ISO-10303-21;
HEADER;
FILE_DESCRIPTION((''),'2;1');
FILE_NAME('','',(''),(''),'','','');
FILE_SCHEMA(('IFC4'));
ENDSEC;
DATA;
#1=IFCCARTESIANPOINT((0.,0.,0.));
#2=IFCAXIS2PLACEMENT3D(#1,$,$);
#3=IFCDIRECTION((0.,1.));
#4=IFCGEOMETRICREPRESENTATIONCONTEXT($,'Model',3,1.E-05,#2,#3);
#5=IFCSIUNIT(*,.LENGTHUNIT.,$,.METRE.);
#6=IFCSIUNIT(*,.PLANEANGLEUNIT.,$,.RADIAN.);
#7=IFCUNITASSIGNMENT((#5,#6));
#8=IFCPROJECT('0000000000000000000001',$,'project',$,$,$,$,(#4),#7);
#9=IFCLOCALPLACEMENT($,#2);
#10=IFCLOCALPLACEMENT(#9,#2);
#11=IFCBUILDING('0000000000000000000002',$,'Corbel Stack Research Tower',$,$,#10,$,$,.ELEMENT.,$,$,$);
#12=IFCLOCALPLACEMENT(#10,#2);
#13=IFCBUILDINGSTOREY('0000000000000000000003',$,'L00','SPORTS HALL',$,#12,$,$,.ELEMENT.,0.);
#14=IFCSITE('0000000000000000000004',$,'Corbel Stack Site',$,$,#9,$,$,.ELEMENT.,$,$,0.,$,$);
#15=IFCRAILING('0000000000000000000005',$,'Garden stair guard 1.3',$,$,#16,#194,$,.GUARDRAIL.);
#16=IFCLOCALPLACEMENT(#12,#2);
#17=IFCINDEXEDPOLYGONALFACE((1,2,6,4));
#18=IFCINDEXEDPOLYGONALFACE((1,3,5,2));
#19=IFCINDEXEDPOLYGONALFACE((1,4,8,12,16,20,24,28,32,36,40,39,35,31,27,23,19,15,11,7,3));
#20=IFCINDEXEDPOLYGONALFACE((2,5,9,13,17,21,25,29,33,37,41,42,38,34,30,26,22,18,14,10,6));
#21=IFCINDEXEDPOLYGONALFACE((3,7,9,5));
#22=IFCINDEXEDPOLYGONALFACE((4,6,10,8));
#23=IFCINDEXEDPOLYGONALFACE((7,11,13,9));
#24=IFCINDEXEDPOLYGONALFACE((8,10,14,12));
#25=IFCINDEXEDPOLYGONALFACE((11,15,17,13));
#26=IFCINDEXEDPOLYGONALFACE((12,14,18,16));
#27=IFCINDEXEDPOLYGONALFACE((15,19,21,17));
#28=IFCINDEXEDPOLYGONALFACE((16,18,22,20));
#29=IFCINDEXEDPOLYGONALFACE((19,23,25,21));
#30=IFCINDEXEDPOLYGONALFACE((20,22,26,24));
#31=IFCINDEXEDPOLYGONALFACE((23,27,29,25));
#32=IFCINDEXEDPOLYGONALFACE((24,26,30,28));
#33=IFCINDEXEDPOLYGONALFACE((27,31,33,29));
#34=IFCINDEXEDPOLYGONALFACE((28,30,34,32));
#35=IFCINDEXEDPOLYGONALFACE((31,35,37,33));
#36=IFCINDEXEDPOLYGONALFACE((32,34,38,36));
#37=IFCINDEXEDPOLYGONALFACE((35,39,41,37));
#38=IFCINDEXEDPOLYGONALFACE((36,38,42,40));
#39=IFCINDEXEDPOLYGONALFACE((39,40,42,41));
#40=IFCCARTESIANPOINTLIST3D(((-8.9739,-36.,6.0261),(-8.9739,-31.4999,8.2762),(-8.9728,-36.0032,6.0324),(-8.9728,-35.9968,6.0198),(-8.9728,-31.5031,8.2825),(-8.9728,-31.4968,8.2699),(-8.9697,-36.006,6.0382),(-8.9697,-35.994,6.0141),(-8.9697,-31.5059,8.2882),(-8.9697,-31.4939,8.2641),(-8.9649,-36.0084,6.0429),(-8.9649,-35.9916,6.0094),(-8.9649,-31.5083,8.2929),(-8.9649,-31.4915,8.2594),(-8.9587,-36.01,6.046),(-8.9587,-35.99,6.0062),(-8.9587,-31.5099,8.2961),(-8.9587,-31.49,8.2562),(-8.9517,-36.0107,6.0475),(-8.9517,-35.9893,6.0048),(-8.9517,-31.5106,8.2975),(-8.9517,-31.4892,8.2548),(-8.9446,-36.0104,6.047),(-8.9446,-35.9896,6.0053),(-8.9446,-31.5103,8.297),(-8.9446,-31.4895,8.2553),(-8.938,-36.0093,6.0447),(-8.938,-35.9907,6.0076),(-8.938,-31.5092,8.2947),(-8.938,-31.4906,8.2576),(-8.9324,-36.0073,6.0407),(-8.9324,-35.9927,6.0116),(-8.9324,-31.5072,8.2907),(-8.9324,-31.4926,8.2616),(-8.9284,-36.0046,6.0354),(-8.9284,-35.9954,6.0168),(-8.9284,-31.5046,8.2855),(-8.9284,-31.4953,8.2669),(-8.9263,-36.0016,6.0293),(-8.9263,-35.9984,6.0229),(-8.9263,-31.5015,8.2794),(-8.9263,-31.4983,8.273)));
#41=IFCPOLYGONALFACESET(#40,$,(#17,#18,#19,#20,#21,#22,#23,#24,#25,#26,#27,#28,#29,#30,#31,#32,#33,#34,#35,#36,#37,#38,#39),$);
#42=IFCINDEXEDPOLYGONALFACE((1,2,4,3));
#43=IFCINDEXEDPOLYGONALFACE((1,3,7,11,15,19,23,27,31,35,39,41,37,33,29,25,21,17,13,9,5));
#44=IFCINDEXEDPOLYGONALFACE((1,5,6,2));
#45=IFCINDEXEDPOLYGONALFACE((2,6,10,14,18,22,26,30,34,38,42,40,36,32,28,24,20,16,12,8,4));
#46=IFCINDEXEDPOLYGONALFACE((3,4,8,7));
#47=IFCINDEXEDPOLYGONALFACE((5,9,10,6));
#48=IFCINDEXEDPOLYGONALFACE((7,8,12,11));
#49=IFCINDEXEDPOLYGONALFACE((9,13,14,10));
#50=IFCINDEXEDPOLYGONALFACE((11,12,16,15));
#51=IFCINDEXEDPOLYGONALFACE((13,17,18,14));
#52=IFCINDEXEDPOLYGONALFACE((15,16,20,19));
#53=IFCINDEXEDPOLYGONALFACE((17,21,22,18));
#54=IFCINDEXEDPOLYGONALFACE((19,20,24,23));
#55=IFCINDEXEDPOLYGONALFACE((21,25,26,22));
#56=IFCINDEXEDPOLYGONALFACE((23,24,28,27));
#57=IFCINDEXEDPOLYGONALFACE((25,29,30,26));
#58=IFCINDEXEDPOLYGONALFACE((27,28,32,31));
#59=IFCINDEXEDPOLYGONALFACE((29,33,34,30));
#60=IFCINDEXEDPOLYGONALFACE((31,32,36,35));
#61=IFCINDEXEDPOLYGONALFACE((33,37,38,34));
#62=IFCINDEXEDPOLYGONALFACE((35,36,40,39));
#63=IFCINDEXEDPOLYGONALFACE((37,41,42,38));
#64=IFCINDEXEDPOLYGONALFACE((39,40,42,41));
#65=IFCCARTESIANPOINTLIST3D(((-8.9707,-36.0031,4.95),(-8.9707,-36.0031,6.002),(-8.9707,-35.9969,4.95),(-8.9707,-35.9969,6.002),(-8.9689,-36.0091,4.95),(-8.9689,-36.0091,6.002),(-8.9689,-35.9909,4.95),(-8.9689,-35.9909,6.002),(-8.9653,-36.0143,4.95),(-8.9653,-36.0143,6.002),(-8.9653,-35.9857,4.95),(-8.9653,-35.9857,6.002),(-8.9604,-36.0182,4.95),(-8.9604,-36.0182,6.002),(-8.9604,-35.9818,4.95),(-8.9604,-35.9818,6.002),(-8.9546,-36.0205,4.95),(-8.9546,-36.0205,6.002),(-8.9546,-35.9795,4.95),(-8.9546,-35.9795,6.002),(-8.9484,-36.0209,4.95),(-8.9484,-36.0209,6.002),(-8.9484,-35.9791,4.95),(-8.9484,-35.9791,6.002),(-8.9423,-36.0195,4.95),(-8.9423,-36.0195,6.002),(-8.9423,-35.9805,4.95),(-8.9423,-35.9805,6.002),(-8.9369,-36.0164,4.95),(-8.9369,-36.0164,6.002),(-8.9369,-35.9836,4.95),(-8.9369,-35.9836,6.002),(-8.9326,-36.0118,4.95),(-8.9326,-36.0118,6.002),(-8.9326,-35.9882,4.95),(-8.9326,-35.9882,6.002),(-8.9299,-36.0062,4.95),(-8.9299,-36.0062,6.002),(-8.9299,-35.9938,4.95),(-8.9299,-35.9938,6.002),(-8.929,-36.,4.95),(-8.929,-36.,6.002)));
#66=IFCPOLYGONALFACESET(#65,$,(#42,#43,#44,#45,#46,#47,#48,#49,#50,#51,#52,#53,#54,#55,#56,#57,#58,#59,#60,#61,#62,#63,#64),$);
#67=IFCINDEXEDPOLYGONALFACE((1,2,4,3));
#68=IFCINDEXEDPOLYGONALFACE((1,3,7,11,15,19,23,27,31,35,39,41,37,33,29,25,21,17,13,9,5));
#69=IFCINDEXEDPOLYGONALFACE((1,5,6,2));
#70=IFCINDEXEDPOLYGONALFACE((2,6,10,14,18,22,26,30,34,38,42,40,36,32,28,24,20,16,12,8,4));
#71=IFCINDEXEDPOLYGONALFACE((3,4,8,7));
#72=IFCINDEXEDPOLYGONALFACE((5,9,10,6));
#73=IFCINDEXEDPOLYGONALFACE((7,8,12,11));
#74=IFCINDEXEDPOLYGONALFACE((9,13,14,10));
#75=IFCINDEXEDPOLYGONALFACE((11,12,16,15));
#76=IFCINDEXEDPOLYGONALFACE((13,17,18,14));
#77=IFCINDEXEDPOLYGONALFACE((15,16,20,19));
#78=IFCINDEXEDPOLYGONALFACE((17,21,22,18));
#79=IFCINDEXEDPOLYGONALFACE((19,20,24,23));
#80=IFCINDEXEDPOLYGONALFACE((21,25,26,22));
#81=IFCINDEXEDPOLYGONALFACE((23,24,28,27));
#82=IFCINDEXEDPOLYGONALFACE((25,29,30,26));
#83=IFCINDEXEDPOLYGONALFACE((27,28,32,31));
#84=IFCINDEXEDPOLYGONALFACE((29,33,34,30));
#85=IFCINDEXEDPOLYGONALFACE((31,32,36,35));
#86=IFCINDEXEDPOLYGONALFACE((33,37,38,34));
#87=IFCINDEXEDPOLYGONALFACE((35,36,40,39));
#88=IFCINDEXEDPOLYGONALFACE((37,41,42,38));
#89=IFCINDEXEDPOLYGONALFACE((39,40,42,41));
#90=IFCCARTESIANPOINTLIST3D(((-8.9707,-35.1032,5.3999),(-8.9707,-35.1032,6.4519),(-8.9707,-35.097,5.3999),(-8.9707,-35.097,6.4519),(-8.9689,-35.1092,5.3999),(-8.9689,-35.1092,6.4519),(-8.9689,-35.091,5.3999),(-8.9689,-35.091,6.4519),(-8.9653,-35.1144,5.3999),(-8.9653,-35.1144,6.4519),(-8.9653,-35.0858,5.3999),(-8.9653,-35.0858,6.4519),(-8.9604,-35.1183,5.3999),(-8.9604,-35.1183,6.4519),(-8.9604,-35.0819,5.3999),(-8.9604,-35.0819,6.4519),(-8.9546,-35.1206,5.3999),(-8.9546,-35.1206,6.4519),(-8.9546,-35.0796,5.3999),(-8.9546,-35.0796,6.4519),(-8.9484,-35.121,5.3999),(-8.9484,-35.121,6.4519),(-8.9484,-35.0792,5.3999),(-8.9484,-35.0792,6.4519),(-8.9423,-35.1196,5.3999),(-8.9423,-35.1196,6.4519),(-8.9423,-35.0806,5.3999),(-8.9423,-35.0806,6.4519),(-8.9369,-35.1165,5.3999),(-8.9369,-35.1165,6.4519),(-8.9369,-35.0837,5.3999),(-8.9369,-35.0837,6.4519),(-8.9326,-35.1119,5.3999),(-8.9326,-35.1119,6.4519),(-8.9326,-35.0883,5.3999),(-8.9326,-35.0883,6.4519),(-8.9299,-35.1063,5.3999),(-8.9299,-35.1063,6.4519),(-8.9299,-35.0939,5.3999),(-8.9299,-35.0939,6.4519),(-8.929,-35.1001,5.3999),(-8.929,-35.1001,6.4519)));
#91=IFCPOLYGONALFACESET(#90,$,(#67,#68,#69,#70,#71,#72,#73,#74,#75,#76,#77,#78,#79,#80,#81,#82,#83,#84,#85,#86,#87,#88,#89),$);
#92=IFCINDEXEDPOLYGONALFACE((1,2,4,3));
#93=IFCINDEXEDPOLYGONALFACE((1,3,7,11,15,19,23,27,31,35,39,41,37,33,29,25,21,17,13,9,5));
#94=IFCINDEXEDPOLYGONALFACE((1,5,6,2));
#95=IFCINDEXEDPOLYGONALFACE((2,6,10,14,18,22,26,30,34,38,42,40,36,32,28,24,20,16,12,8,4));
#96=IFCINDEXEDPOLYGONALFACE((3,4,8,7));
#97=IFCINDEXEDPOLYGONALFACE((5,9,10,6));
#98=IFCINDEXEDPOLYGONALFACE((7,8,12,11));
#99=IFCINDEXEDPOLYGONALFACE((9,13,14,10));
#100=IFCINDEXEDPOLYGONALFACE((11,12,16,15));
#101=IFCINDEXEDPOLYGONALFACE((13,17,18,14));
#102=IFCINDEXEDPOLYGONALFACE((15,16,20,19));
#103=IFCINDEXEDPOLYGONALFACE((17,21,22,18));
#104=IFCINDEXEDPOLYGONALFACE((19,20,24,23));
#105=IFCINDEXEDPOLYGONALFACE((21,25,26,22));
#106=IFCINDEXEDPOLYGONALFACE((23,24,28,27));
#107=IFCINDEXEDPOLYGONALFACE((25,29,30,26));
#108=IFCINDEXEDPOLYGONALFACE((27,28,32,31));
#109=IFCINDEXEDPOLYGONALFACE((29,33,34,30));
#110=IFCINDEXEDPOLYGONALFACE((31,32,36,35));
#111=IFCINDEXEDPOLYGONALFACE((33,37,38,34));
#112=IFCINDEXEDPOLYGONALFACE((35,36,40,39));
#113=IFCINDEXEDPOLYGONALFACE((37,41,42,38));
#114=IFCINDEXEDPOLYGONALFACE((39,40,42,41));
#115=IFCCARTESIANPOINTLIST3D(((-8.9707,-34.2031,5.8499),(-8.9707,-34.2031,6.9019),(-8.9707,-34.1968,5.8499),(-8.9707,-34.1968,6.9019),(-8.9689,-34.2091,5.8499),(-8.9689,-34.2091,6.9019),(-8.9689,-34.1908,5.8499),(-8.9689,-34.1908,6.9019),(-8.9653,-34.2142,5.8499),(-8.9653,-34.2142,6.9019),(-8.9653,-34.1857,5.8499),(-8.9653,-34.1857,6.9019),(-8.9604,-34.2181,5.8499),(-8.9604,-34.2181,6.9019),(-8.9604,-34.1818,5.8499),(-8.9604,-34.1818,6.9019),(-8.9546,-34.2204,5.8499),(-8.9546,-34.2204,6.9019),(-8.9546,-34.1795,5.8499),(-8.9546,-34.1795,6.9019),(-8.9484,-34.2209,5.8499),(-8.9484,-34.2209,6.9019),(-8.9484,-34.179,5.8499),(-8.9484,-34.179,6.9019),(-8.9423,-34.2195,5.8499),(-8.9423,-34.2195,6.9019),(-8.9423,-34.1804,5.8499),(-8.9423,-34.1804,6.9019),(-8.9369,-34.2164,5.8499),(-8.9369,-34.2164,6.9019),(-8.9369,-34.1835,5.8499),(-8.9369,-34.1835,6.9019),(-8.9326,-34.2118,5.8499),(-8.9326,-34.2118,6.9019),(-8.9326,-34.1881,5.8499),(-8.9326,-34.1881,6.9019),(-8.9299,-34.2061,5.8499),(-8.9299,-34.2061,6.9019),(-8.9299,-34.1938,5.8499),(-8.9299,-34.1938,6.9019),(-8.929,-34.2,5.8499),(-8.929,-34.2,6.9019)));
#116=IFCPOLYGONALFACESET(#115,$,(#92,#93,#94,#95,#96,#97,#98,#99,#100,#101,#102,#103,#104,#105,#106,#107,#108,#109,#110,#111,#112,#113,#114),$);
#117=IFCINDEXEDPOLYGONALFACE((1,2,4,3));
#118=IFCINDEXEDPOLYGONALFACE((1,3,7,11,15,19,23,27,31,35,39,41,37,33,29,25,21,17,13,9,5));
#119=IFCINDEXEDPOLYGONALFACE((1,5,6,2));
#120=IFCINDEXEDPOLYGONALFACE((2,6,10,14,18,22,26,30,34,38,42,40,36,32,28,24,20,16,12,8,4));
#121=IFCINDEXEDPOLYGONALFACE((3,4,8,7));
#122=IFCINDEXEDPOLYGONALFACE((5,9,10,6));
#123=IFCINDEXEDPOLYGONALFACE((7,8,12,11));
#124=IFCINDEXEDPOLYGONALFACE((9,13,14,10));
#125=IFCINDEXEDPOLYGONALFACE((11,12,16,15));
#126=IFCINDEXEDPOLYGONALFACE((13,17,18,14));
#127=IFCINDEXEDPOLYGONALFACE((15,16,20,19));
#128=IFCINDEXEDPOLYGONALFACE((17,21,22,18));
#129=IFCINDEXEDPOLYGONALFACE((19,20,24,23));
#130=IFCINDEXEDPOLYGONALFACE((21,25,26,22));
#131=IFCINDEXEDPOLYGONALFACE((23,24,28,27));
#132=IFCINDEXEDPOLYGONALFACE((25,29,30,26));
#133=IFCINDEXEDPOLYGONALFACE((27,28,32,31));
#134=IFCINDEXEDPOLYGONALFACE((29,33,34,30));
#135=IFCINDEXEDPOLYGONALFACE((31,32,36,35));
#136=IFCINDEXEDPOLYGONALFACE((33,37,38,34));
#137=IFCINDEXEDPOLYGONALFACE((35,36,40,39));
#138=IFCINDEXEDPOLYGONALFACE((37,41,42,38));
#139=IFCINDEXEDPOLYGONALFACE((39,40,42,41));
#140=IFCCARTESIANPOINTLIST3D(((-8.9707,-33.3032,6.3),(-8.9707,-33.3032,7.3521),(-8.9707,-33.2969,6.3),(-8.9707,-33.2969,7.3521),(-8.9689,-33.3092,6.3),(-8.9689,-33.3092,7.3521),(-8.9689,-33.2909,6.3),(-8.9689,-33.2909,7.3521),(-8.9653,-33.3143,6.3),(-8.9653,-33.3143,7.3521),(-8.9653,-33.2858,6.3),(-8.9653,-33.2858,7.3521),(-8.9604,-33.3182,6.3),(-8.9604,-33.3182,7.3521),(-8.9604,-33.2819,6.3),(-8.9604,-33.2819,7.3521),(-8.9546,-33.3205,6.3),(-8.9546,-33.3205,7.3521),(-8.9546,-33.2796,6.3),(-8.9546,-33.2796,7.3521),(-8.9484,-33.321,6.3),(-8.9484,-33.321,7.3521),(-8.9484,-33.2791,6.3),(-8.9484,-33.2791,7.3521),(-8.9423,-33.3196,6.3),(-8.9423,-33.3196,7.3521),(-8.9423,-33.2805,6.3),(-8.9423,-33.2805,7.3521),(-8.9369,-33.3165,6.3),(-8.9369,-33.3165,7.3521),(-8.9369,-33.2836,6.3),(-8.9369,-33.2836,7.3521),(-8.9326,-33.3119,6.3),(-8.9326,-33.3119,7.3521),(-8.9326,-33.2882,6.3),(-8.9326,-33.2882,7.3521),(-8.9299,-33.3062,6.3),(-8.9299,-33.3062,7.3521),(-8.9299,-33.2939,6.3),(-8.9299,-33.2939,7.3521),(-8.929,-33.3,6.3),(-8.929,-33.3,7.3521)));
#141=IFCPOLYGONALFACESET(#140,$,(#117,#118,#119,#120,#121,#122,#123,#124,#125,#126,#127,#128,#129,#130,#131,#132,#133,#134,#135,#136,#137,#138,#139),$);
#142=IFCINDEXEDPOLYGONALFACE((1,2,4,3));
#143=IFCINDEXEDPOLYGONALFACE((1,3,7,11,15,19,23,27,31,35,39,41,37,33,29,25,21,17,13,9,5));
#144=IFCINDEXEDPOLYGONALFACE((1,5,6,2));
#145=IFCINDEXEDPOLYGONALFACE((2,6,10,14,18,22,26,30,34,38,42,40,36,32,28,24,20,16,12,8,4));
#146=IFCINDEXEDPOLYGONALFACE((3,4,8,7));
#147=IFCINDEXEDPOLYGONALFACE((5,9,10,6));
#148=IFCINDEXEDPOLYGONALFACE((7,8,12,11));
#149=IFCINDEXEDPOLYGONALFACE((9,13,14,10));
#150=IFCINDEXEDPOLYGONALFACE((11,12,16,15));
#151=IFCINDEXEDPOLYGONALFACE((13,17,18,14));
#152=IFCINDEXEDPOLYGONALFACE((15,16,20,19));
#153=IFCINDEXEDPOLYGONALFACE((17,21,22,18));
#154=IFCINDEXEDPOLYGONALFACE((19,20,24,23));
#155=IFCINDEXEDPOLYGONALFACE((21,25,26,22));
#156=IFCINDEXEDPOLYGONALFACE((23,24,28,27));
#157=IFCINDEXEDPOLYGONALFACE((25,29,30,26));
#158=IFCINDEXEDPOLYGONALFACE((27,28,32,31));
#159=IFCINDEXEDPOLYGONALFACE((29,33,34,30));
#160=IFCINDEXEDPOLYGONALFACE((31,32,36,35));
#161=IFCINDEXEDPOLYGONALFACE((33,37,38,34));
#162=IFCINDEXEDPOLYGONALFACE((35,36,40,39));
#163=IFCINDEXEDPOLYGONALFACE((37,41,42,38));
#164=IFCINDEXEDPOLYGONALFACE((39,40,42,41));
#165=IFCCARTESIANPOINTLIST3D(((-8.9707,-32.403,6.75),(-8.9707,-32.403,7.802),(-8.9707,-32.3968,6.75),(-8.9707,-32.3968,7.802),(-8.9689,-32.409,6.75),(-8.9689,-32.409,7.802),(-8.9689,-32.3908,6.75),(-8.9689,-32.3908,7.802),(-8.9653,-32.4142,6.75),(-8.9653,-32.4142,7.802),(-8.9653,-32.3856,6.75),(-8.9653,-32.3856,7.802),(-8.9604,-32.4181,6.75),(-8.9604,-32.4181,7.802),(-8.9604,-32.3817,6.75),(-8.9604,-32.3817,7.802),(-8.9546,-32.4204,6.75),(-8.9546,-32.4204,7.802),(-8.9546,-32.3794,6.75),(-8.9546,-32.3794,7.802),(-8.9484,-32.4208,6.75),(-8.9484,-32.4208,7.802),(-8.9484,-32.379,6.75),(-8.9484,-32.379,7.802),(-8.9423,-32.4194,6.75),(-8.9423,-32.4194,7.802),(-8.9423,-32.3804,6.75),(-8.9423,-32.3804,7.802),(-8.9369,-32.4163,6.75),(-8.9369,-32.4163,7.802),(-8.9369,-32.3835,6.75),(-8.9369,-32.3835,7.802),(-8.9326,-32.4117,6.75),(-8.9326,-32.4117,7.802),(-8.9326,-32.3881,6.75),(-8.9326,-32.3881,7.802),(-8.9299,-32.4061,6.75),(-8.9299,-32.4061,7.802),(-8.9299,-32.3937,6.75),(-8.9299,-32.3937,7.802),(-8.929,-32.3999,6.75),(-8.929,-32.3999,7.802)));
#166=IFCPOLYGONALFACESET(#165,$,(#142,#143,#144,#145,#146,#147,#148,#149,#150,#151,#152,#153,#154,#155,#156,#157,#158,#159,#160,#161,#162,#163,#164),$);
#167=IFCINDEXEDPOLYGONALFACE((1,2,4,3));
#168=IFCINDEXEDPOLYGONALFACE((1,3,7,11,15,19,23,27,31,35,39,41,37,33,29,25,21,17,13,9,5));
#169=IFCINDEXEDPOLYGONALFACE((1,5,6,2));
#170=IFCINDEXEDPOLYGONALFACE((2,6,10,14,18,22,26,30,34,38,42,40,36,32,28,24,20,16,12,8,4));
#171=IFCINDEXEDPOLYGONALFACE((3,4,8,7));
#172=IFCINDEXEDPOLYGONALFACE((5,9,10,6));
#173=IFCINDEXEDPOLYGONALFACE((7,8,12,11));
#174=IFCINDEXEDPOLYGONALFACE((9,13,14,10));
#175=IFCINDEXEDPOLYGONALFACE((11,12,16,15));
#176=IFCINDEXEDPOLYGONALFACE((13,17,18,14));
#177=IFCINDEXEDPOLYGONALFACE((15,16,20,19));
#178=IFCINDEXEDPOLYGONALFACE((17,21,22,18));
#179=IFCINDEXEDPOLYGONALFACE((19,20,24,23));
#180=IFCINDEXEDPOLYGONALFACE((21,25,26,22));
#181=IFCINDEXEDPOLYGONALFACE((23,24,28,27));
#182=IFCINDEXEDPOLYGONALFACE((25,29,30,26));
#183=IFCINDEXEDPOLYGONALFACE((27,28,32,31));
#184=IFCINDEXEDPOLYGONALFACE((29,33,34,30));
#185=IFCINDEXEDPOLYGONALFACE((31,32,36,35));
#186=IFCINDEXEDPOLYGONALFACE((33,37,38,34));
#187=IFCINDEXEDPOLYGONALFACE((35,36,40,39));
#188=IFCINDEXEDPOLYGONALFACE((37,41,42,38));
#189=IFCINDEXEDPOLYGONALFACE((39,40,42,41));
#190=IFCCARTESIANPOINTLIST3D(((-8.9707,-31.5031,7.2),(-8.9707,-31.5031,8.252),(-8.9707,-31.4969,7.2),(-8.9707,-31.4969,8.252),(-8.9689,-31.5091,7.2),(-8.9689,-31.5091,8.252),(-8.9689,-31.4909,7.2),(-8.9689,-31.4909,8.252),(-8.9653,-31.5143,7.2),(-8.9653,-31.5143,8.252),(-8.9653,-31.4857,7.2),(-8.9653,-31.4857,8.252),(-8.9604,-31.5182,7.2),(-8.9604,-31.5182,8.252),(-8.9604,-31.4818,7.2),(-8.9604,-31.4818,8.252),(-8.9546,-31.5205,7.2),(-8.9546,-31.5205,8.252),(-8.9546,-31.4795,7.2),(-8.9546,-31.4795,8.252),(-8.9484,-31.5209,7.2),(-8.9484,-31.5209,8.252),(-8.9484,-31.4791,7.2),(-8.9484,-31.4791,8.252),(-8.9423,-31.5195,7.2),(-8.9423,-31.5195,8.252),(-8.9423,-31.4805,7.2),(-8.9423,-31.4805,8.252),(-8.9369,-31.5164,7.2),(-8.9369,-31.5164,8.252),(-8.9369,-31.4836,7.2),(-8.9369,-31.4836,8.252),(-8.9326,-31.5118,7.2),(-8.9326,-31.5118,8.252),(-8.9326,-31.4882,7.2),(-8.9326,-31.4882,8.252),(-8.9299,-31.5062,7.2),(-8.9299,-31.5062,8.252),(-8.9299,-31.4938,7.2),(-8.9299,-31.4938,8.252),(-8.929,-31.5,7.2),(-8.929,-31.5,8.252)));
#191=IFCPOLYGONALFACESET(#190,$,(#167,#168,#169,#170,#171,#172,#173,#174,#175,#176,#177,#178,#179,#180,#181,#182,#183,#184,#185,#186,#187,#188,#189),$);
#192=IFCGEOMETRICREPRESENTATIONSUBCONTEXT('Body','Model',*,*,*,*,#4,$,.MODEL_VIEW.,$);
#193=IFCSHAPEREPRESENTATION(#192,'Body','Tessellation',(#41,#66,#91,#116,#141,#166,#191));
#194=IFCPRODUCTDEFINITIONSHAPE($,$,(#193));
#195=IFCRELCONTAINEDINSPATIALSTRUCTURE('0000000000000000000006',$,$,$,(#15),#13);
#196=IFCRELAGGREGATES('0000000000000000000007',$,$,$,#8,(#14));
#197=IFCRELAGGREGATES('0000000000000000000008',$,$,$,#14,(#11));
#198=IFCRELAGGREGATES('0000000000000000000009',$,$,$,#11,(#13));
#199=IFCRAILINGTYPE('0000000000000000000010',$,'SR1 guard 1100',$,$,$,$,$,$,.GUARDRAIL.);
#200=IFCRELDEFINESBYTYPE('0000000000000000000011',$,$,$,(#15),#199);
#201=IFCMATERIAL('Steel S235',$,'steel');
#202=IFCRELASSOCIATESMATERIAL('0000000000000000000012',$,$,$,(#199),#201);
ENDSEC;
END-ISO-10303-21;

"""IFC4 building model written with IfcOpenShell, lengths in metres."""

from ifc_helpers import new_model, si_unit, direction, frame, origin, origin_2d, place, context, subcontext, project, spatial, circle, extrude, material, type_object, element, save


model = new_model("IFC4")

# Units and contexts
model_context = context("Model", 3, precision=1e-05, world=origin(), true_north=direction((0.0, 1.0)))
body_context = subcontext(model_context, "Body", "Model", "MODEL_VIEW")
ifc_project = project(units=[si_unit("LENGTHUNIT", "METRE"), si_unit("PLANEANGLEUNIT", "RADIAN")], contexts=[model_context])

# Site, building, storey
site_placement = place(None, origin())
site = spatial("IfcSite", under=ifc_project, at=site_placement, Name="Corbel Stack Site", CompositionType="ELEMENT", RefElevation=0.0)
building_placement = place(site_placement, origin())
building = spatial("IfcBuilding", under=site, at=building_placement, Name="Corbel Stack Research Tower", CompositionType="ELEMENT")
storey_placement = place(building_placement, origin())
storey = spatial("IfcBuildingStorey", under=building, at=storey_placement, Name="L00", Description="SPORTS HALL", CompositionType="ELEMENT", Elevation=0.0)

# Railing
ifc_material_1 = material(Name="Steel S235", Category="steel")
railing_type_1 = type_object("IfcRailingType", Name="SR1 guard 1100", PredefinedType="GUARDRAIL", material=ifc_material_1)
railing_1_placement = place(storey_placement, frame((-8.95, -36.0, 4.95)))
element("IfcRailing", 1, at=railing_1_placement, inside=storey, type_object=railing_type_1, Name="Garden stair guard 1.3", PredefinedType="GUARDRAIL", context=body_context, shape_type="SweptSolid", body=[
    extrude(circle(Radius=0.0239, at=origin_2d()), frame((0.0, 0.0, 1.0762), z_axis=(0.0, 0.894427, 0.447214), x_axis=(-1.0, 0.0, 0.0)), (0.0, 0.0, 1.0), 5.0312),
    extrude(circle(Radius=0.021, at=origin_2d()), origin(), (0.0, 0.0, 1.0), 1.052),
    extrude(circle(Radius=0.021, at=origin_2d()), frame((0.0, 0.8999, 0.45)), (0.0, 0.0, 1.0), 1.052),
    extrude(circle(Radius=0.021, at=origin_2d()), frame((0.0, 1.8, 0.8999)), (0.0, 0.0, 1.0), 1.052),
    extrude(circle(Radius=0.021, at=origin_2d()), frame((0.0, 2.7, 1.3501)), (0.0, 0.0, 1.0), 1.052),
    extrude(circle(Radius=0.021, at=origin_2d()), frame((0.0, 3.6001, 1.8)), (0.0, 0.0, 1.0), 1.052),
    extrude(circle(Radius=0.021, at=origin_2d()), frame((0.0, 4.5, 2.25)), (0.0, 0.0, 1.0), 1.052),
])

save(model, "model.ifc")
